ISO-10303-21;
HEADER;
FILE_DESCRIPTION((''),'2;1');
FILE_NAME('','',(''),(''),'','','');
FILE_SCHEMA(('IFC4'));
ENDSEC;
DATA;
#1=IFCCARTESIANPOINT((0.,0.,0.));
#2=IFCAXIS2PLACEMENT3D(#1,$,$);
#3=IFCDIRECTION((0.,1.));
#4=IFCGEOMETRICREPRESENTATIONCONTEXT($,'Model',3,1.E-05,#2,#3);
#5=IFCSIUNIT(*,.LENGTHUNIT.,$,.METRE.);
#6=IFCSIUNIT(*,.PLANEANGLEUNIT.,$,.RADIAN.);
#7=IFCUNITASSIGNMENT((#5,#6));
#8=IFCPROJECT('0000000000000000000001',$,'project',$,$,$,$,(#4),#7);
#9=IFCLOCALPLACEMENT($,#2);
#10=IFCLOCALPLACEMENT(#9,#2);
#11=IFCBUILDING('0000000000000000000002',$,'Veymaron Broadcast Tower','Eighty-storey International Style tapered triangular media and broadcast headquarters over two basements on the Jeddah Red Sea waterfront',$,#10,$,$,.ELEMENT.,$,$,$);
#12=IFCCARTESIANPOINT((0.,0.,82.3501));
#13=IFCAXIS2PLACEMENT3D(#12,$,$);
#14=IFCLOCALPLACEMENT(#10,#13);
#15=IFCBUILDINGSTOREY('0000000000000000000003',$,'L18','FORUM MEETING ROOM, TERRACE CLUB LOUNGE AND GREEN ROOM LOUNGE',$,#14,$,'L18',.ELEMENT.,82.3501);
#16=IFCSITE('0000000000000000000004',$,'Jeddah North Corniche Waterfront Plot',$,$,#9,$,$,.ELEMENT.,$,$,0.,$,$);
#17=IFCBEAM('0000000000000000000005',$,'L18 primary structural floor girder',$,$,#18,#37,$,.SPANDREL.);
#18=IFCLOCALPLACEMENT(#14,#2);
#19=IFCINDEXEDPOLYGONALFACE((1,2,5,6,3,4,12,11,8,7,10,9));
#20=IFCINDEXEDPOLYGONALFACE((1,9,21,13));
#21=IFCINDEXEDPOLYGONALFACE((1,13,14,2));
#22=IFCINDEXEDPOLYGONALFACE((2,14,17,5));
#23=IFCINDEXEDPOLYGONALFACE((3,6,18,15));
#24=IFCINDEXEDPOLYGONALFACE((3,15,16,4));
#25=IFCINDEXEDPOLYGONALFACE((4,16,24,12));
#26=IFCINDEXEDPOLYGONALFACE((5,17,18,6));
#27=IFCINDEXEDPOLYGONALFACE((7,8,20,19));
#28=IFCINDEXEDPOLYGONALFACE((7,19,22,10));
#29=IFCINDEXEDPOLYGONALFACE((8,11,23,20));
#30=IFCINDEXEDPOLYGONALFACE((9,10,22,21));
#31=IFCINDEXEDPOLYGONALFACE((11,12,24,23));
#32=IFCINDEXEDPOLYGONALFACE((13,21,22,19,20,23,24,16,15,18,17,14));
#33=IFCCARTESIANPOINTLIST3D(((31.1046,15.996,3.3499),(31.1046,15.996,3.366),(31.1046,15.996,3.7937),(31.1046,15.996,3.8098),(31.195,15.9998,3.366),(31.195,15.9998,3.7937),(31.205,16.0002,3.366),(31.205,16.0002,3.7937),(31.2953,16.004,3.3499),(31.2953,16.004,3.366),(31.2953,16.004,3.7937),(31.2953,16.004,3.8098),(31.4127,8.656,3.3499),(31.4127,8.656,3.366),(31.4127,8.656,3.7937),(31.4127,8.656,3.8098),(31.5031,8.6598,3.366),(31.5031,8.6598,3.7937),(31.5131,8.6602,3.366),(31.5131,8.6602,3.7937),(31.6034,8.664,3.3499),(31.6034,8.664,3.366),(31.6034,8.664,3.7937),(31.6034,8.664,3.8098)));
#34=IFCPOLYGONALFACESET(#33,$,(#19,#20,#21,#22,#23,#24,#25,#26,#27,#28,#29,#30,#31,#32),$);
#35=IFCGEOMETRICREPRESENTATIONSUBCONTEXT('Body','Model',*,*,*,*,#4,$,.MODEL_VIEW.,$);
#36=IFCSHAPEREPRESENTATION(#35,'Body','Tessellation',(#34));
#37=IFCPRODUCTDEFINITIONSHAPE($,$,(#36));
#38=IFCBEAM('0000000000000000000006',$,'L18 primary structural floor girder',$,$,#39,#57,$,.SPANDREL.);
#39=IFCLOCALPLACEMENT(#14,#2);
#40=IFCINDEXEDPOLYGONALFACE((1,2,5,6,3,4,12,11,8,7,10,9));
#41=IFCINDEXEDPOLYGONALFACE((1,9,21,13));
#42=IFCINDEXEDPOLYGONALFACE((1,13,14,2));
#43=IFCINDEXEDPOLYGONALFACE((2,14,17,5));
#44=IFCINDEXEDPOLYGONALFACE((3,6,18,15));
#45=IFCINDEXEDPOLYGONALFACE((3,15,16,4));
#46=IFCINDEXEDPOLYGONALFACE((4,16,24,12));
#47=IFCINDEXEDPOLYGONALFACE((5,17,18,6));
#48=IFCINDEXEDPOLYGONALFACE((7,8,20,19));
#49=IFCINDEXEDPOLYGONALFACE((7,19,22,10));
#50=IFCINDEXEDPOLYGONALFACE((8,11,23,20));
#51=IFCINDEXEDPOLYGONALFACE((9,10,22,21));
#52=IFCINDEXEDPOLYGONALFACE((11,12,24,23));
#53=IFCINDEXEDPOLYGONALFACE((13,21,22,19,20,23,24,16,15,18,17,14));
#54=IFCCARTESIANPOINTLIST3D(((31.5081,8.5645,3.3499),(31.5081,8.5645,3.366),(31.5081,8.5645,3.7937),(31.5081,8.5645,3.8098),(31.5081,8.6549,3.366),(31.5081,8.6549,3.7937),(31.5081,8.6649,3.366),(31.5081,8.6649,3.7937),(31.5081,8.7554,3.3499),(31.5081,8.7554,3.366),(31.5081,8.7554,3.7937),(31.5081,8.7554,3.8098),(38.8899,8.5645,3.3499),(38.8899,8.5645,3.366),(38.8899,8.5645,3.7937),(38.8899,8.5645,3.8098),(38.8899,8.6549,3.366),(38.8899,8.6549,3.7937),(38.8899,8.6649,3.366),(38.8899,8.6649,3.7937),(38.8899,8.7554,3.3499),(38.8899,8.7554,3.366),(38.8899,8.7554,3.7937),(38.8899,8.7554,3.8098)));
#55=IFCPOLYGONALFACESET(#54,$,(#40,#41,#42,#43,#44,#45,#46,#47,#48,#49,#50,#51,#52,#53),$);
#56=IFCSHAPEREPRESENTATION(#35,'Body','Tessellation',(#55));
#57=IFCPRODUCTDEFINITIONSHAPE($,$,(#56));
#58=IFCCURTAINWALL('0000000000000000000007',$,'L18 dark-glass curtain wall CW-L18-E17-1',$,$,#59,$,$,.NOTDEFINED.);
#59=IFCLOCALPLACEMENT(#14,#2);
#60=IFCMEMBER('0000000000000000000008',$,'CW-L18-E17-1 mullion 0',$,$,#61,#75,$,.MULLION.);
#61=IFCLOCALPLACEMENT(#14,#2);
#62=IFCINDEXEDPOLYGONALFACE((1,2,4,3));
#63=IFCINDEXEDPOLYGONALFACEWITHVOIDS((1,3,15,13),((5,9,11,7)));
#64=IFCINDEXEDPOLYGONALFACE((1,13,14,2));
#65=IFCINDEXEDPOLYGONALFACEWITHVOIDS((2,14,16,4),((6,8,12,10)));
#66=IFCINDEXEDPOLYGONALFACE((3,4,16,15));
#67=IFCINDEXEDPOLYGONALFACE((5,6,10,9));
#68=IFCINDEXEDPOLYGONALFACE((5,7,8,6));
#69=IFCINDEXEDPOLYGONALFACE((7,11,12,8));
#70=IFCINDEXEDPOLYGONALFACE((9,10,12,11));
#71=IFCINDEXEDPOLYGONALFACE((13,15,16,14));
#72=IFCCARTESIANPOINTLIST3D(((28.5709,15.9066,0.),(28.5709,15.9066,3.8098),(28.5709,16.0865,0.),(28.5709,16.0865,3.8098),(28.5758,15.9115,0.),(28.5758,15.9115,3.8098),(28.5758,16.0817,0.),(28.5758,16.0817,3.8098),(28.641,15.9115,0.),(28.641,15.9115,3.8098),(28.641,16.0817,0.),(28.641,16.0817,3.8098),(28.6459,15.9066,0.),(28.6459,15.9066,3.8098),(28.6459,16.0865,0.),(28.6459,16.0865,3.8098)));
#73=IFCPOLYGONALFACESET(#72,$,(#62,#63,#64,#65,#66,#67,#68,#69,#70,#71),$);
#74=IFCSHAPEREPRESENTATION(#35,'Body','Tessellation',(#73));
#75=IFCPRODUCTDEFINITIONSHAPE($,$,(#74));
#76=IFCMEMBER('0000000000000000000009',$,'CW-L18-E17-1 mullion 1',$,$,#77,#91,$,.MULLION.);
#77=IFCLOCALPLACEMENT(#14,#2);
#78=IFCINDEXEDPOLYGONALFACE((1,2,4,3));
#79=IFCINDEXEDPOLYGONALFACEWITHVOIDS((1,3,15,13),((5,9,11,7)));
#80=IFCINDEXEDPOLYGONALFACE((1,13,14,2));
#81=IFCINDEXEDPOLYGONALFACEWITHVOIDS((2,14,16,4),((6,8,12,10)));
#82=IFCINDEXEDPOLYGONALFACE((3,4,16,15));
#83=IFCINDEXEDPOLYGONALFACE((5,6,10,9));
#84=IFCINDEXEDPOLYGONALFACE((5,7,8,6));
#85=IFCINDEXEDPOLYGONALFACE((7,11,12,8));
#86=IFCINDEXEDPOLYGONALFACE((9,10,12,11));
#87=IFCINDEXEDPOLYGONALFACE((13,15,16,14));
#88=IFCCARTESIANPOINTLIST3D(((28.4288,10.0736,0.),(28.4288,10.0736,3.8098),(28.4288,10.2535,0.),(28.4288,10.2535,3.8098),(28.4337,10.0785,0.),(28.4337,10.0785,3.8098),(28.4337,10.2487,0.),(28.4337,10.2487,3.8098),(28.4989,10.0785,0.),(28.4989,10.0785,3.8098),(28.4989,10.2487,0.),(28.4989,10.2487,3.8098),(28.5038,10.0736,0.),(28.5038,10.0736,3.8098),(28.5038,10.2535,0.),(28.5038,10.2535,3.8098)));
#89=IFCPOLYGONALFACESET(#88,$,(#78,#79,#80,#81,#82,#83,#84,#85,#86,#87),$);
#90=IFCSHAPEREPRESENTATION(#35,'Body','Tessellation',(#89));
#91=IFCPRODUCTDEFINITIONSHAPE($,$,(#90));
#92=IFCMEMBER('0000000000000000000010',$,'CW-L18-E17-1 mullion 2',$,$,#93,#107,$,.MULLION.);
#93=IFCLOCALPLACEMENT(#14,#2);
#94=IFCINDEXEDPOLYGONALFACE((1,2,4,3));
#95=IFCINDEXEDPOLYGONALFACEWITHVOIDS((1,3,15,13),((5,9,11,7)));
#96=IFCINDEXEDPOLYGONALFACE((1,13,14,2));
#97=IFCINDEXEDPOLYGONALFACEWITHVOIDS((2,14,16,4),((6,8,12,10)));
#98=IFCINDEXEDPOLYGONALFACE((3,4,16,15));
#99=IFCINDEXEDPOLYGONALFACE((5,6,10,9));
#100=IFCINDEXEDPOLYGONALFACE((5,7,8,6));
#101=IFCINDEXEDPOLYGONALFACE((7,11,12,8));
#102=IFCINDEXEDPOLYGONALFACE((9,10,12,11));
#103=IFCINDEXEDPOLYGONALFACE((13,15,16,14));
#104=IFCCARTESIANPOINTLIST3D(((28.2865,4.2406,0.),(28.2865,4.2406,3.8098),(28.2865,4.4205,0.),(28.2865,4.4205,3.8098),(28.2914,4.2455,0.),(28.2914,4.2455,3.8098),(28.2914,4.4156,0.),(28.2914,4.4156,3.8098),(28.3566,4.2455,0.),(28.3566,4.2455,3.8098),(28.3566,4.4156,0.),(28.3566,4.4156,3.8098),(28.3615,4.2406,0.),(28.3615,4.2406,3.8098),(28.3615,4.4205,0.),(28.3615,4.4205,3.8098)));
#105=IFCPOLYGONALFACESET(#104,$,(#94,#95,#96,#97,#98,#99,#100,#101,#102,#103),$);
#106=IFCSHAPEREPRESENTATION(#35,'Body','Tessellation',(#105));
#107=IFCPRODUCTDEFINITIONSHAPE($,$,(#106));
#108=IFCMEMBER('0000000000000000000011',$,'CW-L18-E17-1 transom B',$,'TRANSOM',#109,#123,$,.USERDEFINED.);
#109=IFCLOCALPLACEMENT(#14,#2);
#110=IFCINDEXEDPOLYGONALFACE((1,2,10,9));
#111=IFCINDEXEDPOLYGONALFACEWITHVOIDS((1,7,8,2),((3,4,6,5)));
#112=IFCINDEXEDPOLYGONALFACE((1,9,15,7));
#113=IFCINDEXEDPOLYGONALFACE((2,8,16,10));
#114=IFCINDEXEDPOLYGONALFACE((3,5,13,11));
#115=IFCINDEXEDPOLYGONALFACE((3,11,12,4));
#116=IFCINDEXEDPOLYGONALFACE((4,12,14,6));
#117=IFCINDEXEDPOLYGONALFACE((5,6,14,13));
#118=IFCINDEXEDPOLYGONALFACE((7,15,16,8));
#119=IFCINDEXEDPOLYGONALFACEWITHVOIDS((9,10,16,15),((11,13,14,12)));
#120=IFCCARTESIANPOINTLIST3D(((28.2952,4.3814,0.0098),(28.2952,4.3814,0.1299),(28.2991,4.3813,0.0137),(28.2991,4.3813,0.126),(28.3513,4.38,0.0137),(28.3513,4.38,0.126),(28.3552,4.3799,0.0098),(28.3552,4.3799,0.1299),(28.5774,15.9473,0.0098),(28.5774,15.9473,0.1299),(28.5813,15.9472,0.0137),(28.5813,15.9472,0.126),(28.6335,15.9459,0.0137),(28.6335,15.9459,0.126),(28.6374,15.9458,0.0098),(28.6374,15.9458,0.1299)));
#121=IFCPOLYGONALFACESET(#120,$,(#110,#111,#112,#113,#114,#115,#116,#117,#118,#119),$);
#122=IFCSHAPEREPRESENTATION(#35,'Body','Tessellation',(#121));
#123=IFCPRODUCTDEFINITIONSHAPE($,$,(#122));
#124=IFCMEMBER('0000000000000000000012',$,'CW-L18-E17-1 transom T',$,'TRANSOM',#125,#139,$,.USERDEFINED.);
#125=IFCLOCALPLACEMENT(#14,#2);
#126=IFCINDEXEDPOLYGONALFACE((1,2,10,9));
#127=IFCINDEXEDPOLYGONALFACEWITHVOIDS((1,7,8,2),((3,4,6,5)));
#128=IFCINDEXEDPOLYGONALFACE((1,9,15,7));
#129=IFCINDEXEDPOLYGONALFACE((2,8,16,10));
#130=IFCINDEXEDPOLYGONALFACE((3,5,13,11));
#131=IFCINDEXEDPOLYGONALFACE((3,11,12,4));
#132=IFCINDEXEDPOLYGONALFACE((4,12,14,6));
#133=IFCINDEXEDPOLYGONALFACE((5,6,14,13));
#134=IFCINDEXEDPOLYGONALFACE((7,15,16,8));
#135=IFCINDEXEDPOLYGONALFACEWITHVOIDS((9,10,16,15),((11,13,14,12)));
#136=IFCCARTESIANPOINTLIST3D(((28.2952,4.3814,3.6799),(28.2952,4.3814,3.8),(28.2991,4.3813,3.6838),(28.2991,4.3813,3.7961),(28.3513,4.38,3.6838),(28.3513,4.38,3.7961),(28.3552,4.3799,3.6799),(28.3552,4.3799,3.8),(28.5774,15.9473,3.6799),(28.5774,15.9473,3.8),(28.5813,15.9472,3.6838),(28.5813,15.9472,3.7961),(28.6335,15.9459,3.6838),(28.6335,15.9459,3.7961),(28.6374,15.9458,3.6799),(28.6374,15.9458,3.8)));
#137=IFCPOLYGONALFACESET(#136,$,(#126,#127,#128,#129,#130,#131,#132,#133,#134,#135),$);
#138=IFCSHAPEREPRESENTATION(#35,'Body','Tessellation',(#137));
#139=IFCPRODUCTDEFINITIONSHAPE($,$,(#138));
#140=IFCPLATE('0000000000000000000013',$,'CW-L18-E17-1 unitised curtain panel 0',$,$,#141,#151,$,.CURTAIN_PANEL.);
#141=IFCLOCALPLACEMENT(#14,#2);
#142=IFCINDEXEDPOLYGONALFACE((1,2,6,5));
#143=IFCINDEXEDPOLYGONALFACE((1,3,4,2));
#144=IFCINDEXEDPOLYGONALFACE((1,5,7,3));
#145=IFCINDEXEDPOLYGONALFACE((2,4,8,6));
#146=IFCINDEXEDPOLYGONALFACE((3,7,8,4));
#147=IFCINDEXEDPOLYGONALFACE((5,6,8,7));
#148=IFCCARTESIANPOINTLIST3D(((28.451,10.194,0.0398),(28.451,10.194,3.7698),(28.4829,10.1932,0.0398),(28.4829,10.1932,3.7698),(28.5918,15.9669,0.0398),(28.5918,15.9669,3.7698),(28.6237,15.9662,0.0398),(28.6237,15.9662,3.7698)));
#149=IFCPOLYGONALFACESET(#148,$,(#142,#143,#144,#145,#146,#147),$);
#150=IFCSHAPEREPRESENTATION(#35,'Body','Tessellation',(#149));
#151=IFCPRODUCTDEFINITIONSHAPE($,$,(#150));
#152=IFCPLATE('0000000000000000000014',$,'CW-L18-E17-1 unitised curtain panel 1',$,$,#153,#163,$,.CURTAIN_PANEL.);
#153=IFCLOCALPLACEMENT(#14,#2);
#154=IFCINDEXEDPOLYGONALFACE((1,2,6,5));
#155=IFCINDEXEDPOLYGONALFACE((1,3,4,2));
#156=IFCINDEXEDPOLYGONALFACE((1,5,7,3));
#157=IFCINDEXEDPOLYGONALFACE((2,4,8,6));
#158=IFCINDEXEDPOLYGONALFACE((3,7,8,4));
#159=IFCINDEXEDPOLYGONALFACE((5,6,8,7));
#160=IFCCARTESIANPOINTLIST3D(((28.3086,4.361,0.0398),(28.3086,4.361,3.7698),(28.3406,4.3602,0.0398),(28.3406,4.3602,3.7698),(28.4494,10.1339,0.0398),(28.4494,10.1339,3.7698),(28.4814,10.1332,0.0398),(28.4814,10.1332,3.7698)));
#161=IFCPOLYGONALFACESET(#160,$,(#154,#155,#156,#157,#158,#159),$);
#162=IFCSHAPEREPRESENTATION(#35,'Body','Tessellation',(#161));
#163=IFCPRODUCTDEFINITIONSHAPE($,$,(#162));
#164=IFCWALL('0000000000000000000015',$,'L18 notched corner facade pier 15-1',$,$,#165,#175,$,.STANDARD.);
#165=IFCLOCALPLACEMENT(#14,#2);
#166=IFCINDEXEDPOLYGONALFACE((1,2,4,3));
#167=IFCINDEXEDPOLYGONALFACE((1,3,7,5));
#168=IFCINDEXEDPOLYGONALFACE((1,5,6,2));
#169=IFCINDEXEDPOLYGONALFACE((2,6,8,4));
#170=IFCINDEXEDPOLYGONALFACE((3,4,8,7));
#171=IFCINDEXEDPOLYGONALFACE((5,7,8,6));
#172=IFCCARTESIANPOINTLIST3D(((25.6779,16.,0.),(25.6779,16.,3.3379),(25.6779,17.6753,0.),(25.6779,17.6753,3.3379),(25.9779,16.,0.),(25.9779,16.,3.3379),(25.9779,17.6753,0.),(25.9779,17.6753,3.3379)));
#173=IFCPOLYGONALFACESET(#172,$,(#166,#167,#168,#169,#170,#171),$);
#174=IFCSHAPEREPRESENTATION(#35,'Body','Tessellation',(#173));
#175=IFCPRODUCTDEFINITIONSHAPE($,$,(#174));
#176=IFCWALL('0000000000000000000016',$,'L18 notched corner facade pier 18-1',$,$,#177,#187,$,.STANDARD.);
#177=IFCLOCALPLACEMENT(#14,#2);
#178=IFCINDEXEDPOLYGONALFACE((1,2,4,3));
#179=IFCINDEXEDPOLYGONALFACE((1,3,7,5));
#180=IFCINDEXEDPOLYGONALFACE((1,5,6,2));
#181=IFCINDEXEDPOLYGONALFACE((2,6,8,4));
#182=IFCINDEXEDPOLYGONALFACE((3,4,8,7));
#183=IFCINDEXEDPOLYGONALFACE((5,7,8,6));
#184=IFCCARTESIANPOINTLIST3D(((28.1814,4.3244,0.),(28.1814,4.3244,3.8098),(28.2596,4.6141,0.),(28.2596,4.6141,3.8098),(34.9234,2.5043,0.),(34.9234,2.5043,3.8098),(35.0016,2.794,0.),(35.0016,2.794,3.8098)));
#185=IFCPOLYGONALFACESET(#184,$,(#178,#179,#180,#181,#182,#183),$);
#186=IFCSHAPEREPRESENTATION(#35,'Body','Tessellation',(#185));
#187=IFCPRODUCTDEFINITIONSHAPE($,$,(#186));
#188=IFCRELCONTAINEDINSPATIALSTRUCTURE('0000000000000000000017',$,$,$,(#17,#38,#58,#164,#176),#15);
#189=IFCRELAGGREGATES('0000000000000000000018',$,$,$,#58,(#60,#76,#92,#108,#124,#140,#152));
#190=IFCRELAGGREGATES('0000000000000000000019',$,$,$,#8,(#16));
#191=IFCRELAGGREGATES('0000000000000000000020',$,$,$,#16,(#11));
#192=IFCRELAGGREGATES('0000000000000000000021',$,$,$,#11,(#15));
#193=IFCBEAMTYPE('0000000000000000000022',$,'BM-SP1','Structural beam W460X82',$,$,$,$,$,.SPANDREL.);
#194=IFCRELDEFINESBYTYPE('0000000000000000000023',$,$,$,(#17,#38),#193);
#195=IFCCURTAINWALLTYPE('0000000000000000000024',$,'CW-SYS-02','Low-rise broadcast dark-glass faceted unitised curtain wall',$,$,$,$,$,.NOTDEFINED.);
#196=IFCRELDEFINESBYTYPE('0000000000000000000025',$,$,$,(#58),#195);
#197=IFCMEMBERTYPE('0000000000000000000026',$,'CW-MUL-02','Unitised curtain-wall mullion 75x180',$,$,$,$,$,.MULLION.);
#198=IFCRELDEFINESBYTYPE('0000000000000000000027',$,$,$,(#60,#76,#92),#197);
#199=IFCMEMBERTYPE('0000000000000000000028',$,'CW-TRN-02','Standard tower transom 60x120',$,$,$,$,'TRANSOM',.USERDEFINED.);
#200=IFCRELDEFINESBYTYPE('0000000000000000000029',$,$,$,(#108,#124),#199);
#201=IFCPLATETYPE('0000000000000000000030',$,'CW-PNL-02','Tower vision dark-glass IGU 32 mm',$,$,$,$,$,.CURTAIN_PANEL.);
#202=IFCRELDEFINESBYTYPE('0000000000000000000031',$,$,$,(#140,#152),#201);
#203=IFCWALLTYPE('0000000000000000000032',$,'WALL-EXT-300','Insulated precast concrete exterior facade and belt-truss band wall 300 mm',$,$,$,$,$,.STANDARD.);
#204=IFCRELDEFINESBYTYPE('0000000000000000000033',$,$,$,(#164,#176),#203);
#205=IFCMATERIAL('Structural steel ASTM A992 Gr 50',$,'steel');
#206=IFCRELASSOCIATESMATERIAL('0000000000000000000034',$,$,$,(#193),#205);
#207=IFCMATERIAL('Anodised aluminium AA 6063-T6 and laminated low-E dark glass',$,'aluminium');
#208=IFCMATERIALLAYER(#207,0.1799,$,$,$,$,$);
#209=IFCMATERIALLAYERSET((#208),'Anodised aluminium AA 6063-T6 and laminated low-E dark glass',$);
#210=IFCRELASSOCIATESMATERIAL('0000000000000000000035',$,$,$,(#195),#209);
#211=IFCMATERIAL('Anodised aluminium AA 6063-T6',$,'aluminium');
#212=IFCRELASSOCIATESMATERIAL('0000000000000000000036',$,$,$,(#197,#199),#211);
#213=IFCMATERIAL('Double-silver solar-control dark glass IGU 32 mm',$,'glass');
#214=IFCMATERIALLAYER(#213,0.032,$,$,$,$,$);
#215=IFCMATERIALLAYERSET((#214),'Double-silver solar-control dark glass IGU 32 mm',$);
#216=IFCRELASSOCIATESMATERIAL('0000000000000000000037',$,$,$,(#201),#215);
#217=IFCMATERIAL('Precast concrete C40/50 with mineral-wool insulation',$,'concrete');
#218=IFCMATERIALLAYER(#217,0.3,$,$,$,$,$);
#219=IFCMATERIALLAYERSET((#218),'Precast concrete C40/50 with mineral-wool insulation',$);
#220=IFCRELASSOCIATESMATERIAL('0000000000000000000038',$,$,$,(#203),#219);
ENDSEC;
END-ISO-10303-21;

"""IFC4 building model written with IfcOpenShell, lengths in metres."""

from ifc_helpers import new_model, si_unit, direction, frame, frame_2d, origin, origin_2d, place, context, subcontext, project, spatial, rectangle, hollow_rectangle, i_section, extrude, material, layer, layer_set, material_profile, profile_set, type_object, element, aggregate, save


model = new_model("IFC4")

# Units and contexts
model_context = context("Model", 3, precision=1e-05, world=origin(), true_north=direction((0.0, 1.0)))
body_context = subcontext(model_context, "Body", "Model", "MODEL_VIEW")
ifc_project = project(units=[si_unit("LENGTHUNIT", "METRE"), si_unit("PLANEANGLEUNIT", "RADIAN")], contexts=[model_context])

# Site, building, storey
site_placement = place(None, origin())
site = spatial("IfcSite", under=ifc_project, at=site_placement, Name="Jeddah North Corniche Waterfront Plot", CompositionType="ELEMENT", RefElevation=0.0)
building_placement = place(site_placement, origin())
building = spatial("IfcBuilding", under=site, at=building_placement, Name="Veymaron Broadcast Tower", Description="Eighty-storey International Style tapered triangular media and broadcast headquarters over two basements on the Jeddah Red Sea waterfront", CompositionType="ELEMENT")
storey_placement = place(building_placement, frame((0.0, 0.0, 82.3501)))
storey = spatial("IfcBuildingStorey", under=building, at=storey_placement, Name="L18", Description="FORUM MEETING ROOM, TERRACE CLUB LOUNGE AND GREEN ROOM LOUNGE", LongName="L18", CompositionType="ELEMENT", Elevation=82.3501)

# Beams
ifc_material_1 = material(Name="Structural steel ASTM A992 Gr 50", Category="steel")
ifc_material_profile_1 = material_profile(ifc_material_1, i_section(OverallWidth=0.1909, OverallDepth=0.46, WebThickness=0.01, FlangeThickness=0.0161, at=origin_2d()), Name="W460X82")
ifc_profile_set_1 = profile_set([ifc_material_profile_1], Name="Structural steel ASTM A992 Gr 50")
beam_type_1 = type_object("IfcBeamType", Name="BM-SP1", Description="Structural beam W460X82", PredefinedType="SPANDREL", material=ifc_profile_set_1)
beam_1_placement = place(storey_placement, frame((31.2, 16.0, 3.5798), z_axis=(0.041939, -0.99912, 0.0), x_axis=(0.99912, 0.041939, 0.0)))
element("IfcBeam", 1, at=beam_1_placement, inside=storey, type_object=beam_type_1, Name="L18 primary structural floor girder", PredefinedType="SPANDREL", context=body_context, shape_type="SweptSolid", body=[
    extrude(i_section(OverallWidth=0.1909, OverallDepth=0.46, WebThickness=0.01, FlangeThickness=0.0161, at=origin_2d()), origin(), (0.0, 0.0, 1.0), 7.3464),
])
beam_2_placement = place(storey_placement, frame((31.5081, 8.6599, 3.5798), z_axis=(1.0, 0.0, 0.0), x_axis=(0.0, 1.0, 0.0)))
element("IfcBeam", 2, at=beam_2_placement, inside=storey, type_object=beam_type_1, Name="L18 primary structural floor girder", PredefinedType="SPANDREL", context=body_context, shape_type="SweptSolid", body=[
    extrude(i_section(OverallWidth=0.1909, OverallDepth=0.46, WebThickness=0.01, FlangeThickness=0.0161, at=origin_2d()), origin(), (0.0, 0.0, 1.0), 7.3818),
])

# Curtain wall, members, plates
ifc_material_2 = material(Name="Anodised aluminium AA 6063-T6 and laminated low-E dark glass", Category="aluminium")
ifc_layer_1 = layer(ifc_material_2, 0.1799)
ifc_layer_set_1 = layer_set([ifc_layer_1], Name="Anodised aluminium AA 6063-T6 and laminated low-E dark glass")
curtain_wall_type = type_object("IfcCurtainWallType", Name="CW-SYS-02", Description="Low-rise broadcast dark-glass faceted unitised curtain wall", PredefinedType="NOTDEFINED", material=ifc_layer_set_1)
curtain_wall_placement = place(storey_placement, origin())
curtain_wall = element("IfcCurtainWall", 3, at=curtain_wall_placement, inside=storey, type_object=curtain_wall_type, Name="L18 dark-glass curtain wall CW-L18-E17-1", PredefinedType="NOTDEFINED")
ifc_material_3 = material(Name="Anodised aluminium AA 6063-T6", Category="aluminium")
ifc_material_profile_2 = material_profile(ifc_material_3, hollow_rectangle(XDim=0.075, YDim=0.1799, WallThickness=0.0049, at=origin_2d()), Name="AL180X75X5")
ifc_profile_set_2 = profile_set([ifc_material_profile_2], Name="Anodised aluminium AA 6063-T6")
member_type_1 = type_object("IfcMemberType", Name="CW-MUL-02", Description="Unitised curtain-wall mullion 75x180", PredefinedType="MULLION", material=ifc_profile_set_2)
member_1_placement = place(storey_placement, frame((28.6084, 15.9966, 0.0), z_axis=(0.0, 0.0, 1.0), x_axis=(1.0, 0.0, 0.0)))
member_1 = element("IfcMember", 4, at=member_1_placement, type_object=member_type_1, Name="CW-L18-E17-1 mullion 0", PredefinedType="MULLION", context=body_context, shape_type="SweptSolid", body=[
    extrude(hollow_rectangle(XDim=0.075, YDim=0.1799, WallThickness=0.0049, at=origin_2d()), origin(), (0.0, 0.0, 1.0), 3.8098),
])
member_2_placement = place(storey_placement, frame((28.4663, 10.1636, 0.0), z_axis=(0.0, 0.0, 1.0), x_axis=(1.0, 0.0, 0.0)))
member_2 = element("IfcMember", 5, at=member_2_placement, type_object=member_type_1, Name="CW-L18-E17-1 mullion 1", PredefinedType="MULLION", context=body_context, shape_type="SweptSolid", body=[
    extrude(hollow_rectangle(XDim=0.075, YDim=0.1799, WallThickness=0.0049, at=origin_2d()), origin(), (0.0, 0.0, 1.0), 3.8098),
])
member_3_placement = place(storey_placement, frame((28.324, 4.3306, 0.0), z_axis=(0.0, 0.0, 1.0), x_axis=(1.0, 0.0, 0.0)))
member_3 = element("IfcMember", 6, at=member_3_placement, type_object=member_type_1, Name="CW-L18-E17-1 mullion 2", PredefinedType="MULLION", context=body_context, shape_type="SweptSolid", body=[
    extrude(hollow_rectangle(XDim=0.075, YDim=0.1799, WallThickness=0.0049, at=origin_2d()), origin(), (0.0, 0.0, 1.0), 3.8098),
])
ifc_material_profile_3 = material_profile(ifc_material_3, hollow_rectangle(XDim=0.0601, YDim=0.1201, WallThickness=0.0039, at=origin_2d()), Name="AL120X60X4")
ifc_profile_set_3 = profile_set([ifc_material_profile_3], Name="Anodised aluminium AA 6063-T6")
member_type_2 = type_object("IfcMemberType", Name="CW-TRN-02", Description="Standard tower transom 60x120", ElementType="TRANSOM", PredefinedType="USERDEFINED", material=ifc_profile_set_3)
member_4_placement = place(storey_placement, frame((28.6074, 15.9465, 0.0698), z_axis=(-0.024394, -0.999702, 0.0), x_axis=(0.999702, -0.024394, 0.0)))
member_4 = element("IfcMember", 7, at=member_4_placement, type_object=member_type_2, Name="CW-L18-E17-1 transom B", ObjectType="TRANSOM", PredefinedType="USERDEFINED", context=body_context, shape_type="SweptSolid", body=[
    extrude(hollow_rectangle(XDim=0.0601, YDim=0.1201, WallThickness=0.0039, at=origin_2d()), origin(), (0.0, 0.0, 1.0), 11.5693),
])
member_5_placement = place(storey_placement, frame((28.6074, 15.9465, 3.74), z_axis=(-0.024394, -0.999702, 0.0), x_axis=(0.999702, -0.024394, 0.0)))
member_5 = element("IfcMember", 8, at=member_5_placement, type_object=member_type_2, Name="CW-L18-E17-1 transom T", ObjectType="TRANSOM", PredefinedType="USERDEFINED", context=body_context, shape_type="SweptSolid", body=[
    extrude(hollow_rectangle(XDim=0.0601, YDim=0.1201, WallThickness=0.0039, at=origin_2d()), origin(), (0.0, 0.0, 1.0), 11.5693),
])
ifc_material_4 = material(Name="Double-silver solar-control dark glass IGU 32 mm", Category="glass")
ifc_layer_2 = layer(ifc_material_4, 0.032)
ifc_layer_set_2 = layer_set([ifc_layer_2], Name="Double-silver solar-control dark glass IGU 32 mm")
plate_type = type_object("IfcPlateType", Name="CW-PNL-02", Description="Tower vision dark-glass IGU 32 mm", PredefinedType="CURTAIN_PANEL", material=ifc_layer_set_2)
plate_1_placement = place(storey_placement, frame((28.5374, 13.0801, 0.0398), z_axis=(0.0, 0.0, 1.0), x_axis=(-0.02438, -0.999703, 0.0)))
plate_1 = element("IfcPlate", 9, at=plate_1_placement, type_object=plate_type, Name="CW-L18-E17-1 unitised curtain panel 0", PredefinedType="CURTAIN_PANEL", context=body_context, shape_type="SweptSolid", body=[
    extrude(rectangle(XDim=5.7747, YDim=0.032, at=origin_2d()), origin(), (0.0, 0.0, 1.0), 3.73),
])
plate_2_placement = place(storey_placement, frame((28.395, 7.2471, 0.0398), z_axis=(0.0, 0.0, 1.0), x_axis=(-0.02438, -0.999703, 0.0)))
plate_2 = element("IfcPlate", 10, at=plate_2_placement, type_object=plate_type, Name="CW-L18-E17-1 unitised curtain panel 1", PredefinedType="CURTAIN_PANEL", context=body_context, shape_type="SweptSolid", body=[
    extrude(rectangle(XDim=5.7747, YDim=0.032, at=origin_2d()), origin(), (0.0, 0.0, 1.0), 3.73),
])
aggregate(curtain_wall, [member_1, member_2, member_3, member_4, member_5, plate_1, plate_2])

# Walls
ifc_material_5 = material(Name="Precast concrete C40/50 with mineral-wool insulation", Category="concrete")
ifc_layer_3 = layer(ifc_material_5, 0.3)
ifc_layer_set_3 = layer_set([ifc_layer_3], Name="Precast concrete C40/50 with mineral-wool insulation")
wall_type_1 = type_object("IfcWallType", Name="WALL-EXT-300", Description="Insulated precast concrete exterior facade and belt-truss band wall 300 mm", PredefinedType="STANDARD", material=ifc_layer_set_3)
wall_1_placement = place(storey_placement, frame((25.8279, 17.6753, 0.0), z_axis=(0.0, 0.0, 1.0), x_axis=(0.0, -1.0, 0.0)))
element("IfcWall", 11, at=wall_1_placement, inside=storey, type_object=wall_type_1, Name="L18 notched corner facade pier 15-1", PredefinedType="STANDARD", context=body_context, shape_type="SweptSolid", body=[
    extrude(rectangle(XDim=1.6753, YDim=0.3, at=frame_2d((0.8376, 0.0))), origin(), (0.0, 0.0, 1.0), 3.3379),
])
wall_2_placement = place(storey_placement, frame((28.2205, 4.4692, 0.0), z_axis=(0.0, 0.0, 1.0), x_axis=(0.965438, -0.260632, 0.0)))
element("IfcWall", 12, at=wall_2_placement, inside=storey, type_object=wall_type_1, Name="L18 notched corner facade pier 18-1", PredefinedType="STANDARD", context=body_context, shape_type="SweptSolid", body=[
    extrude(rectangle(XDim=6.9834, YDim=0.3, at=frame_2d((3.4917, 0.0))), origin(), (0.0, 0.0, 1.0), 3.8098),
])

save(model, "model.ifc")
